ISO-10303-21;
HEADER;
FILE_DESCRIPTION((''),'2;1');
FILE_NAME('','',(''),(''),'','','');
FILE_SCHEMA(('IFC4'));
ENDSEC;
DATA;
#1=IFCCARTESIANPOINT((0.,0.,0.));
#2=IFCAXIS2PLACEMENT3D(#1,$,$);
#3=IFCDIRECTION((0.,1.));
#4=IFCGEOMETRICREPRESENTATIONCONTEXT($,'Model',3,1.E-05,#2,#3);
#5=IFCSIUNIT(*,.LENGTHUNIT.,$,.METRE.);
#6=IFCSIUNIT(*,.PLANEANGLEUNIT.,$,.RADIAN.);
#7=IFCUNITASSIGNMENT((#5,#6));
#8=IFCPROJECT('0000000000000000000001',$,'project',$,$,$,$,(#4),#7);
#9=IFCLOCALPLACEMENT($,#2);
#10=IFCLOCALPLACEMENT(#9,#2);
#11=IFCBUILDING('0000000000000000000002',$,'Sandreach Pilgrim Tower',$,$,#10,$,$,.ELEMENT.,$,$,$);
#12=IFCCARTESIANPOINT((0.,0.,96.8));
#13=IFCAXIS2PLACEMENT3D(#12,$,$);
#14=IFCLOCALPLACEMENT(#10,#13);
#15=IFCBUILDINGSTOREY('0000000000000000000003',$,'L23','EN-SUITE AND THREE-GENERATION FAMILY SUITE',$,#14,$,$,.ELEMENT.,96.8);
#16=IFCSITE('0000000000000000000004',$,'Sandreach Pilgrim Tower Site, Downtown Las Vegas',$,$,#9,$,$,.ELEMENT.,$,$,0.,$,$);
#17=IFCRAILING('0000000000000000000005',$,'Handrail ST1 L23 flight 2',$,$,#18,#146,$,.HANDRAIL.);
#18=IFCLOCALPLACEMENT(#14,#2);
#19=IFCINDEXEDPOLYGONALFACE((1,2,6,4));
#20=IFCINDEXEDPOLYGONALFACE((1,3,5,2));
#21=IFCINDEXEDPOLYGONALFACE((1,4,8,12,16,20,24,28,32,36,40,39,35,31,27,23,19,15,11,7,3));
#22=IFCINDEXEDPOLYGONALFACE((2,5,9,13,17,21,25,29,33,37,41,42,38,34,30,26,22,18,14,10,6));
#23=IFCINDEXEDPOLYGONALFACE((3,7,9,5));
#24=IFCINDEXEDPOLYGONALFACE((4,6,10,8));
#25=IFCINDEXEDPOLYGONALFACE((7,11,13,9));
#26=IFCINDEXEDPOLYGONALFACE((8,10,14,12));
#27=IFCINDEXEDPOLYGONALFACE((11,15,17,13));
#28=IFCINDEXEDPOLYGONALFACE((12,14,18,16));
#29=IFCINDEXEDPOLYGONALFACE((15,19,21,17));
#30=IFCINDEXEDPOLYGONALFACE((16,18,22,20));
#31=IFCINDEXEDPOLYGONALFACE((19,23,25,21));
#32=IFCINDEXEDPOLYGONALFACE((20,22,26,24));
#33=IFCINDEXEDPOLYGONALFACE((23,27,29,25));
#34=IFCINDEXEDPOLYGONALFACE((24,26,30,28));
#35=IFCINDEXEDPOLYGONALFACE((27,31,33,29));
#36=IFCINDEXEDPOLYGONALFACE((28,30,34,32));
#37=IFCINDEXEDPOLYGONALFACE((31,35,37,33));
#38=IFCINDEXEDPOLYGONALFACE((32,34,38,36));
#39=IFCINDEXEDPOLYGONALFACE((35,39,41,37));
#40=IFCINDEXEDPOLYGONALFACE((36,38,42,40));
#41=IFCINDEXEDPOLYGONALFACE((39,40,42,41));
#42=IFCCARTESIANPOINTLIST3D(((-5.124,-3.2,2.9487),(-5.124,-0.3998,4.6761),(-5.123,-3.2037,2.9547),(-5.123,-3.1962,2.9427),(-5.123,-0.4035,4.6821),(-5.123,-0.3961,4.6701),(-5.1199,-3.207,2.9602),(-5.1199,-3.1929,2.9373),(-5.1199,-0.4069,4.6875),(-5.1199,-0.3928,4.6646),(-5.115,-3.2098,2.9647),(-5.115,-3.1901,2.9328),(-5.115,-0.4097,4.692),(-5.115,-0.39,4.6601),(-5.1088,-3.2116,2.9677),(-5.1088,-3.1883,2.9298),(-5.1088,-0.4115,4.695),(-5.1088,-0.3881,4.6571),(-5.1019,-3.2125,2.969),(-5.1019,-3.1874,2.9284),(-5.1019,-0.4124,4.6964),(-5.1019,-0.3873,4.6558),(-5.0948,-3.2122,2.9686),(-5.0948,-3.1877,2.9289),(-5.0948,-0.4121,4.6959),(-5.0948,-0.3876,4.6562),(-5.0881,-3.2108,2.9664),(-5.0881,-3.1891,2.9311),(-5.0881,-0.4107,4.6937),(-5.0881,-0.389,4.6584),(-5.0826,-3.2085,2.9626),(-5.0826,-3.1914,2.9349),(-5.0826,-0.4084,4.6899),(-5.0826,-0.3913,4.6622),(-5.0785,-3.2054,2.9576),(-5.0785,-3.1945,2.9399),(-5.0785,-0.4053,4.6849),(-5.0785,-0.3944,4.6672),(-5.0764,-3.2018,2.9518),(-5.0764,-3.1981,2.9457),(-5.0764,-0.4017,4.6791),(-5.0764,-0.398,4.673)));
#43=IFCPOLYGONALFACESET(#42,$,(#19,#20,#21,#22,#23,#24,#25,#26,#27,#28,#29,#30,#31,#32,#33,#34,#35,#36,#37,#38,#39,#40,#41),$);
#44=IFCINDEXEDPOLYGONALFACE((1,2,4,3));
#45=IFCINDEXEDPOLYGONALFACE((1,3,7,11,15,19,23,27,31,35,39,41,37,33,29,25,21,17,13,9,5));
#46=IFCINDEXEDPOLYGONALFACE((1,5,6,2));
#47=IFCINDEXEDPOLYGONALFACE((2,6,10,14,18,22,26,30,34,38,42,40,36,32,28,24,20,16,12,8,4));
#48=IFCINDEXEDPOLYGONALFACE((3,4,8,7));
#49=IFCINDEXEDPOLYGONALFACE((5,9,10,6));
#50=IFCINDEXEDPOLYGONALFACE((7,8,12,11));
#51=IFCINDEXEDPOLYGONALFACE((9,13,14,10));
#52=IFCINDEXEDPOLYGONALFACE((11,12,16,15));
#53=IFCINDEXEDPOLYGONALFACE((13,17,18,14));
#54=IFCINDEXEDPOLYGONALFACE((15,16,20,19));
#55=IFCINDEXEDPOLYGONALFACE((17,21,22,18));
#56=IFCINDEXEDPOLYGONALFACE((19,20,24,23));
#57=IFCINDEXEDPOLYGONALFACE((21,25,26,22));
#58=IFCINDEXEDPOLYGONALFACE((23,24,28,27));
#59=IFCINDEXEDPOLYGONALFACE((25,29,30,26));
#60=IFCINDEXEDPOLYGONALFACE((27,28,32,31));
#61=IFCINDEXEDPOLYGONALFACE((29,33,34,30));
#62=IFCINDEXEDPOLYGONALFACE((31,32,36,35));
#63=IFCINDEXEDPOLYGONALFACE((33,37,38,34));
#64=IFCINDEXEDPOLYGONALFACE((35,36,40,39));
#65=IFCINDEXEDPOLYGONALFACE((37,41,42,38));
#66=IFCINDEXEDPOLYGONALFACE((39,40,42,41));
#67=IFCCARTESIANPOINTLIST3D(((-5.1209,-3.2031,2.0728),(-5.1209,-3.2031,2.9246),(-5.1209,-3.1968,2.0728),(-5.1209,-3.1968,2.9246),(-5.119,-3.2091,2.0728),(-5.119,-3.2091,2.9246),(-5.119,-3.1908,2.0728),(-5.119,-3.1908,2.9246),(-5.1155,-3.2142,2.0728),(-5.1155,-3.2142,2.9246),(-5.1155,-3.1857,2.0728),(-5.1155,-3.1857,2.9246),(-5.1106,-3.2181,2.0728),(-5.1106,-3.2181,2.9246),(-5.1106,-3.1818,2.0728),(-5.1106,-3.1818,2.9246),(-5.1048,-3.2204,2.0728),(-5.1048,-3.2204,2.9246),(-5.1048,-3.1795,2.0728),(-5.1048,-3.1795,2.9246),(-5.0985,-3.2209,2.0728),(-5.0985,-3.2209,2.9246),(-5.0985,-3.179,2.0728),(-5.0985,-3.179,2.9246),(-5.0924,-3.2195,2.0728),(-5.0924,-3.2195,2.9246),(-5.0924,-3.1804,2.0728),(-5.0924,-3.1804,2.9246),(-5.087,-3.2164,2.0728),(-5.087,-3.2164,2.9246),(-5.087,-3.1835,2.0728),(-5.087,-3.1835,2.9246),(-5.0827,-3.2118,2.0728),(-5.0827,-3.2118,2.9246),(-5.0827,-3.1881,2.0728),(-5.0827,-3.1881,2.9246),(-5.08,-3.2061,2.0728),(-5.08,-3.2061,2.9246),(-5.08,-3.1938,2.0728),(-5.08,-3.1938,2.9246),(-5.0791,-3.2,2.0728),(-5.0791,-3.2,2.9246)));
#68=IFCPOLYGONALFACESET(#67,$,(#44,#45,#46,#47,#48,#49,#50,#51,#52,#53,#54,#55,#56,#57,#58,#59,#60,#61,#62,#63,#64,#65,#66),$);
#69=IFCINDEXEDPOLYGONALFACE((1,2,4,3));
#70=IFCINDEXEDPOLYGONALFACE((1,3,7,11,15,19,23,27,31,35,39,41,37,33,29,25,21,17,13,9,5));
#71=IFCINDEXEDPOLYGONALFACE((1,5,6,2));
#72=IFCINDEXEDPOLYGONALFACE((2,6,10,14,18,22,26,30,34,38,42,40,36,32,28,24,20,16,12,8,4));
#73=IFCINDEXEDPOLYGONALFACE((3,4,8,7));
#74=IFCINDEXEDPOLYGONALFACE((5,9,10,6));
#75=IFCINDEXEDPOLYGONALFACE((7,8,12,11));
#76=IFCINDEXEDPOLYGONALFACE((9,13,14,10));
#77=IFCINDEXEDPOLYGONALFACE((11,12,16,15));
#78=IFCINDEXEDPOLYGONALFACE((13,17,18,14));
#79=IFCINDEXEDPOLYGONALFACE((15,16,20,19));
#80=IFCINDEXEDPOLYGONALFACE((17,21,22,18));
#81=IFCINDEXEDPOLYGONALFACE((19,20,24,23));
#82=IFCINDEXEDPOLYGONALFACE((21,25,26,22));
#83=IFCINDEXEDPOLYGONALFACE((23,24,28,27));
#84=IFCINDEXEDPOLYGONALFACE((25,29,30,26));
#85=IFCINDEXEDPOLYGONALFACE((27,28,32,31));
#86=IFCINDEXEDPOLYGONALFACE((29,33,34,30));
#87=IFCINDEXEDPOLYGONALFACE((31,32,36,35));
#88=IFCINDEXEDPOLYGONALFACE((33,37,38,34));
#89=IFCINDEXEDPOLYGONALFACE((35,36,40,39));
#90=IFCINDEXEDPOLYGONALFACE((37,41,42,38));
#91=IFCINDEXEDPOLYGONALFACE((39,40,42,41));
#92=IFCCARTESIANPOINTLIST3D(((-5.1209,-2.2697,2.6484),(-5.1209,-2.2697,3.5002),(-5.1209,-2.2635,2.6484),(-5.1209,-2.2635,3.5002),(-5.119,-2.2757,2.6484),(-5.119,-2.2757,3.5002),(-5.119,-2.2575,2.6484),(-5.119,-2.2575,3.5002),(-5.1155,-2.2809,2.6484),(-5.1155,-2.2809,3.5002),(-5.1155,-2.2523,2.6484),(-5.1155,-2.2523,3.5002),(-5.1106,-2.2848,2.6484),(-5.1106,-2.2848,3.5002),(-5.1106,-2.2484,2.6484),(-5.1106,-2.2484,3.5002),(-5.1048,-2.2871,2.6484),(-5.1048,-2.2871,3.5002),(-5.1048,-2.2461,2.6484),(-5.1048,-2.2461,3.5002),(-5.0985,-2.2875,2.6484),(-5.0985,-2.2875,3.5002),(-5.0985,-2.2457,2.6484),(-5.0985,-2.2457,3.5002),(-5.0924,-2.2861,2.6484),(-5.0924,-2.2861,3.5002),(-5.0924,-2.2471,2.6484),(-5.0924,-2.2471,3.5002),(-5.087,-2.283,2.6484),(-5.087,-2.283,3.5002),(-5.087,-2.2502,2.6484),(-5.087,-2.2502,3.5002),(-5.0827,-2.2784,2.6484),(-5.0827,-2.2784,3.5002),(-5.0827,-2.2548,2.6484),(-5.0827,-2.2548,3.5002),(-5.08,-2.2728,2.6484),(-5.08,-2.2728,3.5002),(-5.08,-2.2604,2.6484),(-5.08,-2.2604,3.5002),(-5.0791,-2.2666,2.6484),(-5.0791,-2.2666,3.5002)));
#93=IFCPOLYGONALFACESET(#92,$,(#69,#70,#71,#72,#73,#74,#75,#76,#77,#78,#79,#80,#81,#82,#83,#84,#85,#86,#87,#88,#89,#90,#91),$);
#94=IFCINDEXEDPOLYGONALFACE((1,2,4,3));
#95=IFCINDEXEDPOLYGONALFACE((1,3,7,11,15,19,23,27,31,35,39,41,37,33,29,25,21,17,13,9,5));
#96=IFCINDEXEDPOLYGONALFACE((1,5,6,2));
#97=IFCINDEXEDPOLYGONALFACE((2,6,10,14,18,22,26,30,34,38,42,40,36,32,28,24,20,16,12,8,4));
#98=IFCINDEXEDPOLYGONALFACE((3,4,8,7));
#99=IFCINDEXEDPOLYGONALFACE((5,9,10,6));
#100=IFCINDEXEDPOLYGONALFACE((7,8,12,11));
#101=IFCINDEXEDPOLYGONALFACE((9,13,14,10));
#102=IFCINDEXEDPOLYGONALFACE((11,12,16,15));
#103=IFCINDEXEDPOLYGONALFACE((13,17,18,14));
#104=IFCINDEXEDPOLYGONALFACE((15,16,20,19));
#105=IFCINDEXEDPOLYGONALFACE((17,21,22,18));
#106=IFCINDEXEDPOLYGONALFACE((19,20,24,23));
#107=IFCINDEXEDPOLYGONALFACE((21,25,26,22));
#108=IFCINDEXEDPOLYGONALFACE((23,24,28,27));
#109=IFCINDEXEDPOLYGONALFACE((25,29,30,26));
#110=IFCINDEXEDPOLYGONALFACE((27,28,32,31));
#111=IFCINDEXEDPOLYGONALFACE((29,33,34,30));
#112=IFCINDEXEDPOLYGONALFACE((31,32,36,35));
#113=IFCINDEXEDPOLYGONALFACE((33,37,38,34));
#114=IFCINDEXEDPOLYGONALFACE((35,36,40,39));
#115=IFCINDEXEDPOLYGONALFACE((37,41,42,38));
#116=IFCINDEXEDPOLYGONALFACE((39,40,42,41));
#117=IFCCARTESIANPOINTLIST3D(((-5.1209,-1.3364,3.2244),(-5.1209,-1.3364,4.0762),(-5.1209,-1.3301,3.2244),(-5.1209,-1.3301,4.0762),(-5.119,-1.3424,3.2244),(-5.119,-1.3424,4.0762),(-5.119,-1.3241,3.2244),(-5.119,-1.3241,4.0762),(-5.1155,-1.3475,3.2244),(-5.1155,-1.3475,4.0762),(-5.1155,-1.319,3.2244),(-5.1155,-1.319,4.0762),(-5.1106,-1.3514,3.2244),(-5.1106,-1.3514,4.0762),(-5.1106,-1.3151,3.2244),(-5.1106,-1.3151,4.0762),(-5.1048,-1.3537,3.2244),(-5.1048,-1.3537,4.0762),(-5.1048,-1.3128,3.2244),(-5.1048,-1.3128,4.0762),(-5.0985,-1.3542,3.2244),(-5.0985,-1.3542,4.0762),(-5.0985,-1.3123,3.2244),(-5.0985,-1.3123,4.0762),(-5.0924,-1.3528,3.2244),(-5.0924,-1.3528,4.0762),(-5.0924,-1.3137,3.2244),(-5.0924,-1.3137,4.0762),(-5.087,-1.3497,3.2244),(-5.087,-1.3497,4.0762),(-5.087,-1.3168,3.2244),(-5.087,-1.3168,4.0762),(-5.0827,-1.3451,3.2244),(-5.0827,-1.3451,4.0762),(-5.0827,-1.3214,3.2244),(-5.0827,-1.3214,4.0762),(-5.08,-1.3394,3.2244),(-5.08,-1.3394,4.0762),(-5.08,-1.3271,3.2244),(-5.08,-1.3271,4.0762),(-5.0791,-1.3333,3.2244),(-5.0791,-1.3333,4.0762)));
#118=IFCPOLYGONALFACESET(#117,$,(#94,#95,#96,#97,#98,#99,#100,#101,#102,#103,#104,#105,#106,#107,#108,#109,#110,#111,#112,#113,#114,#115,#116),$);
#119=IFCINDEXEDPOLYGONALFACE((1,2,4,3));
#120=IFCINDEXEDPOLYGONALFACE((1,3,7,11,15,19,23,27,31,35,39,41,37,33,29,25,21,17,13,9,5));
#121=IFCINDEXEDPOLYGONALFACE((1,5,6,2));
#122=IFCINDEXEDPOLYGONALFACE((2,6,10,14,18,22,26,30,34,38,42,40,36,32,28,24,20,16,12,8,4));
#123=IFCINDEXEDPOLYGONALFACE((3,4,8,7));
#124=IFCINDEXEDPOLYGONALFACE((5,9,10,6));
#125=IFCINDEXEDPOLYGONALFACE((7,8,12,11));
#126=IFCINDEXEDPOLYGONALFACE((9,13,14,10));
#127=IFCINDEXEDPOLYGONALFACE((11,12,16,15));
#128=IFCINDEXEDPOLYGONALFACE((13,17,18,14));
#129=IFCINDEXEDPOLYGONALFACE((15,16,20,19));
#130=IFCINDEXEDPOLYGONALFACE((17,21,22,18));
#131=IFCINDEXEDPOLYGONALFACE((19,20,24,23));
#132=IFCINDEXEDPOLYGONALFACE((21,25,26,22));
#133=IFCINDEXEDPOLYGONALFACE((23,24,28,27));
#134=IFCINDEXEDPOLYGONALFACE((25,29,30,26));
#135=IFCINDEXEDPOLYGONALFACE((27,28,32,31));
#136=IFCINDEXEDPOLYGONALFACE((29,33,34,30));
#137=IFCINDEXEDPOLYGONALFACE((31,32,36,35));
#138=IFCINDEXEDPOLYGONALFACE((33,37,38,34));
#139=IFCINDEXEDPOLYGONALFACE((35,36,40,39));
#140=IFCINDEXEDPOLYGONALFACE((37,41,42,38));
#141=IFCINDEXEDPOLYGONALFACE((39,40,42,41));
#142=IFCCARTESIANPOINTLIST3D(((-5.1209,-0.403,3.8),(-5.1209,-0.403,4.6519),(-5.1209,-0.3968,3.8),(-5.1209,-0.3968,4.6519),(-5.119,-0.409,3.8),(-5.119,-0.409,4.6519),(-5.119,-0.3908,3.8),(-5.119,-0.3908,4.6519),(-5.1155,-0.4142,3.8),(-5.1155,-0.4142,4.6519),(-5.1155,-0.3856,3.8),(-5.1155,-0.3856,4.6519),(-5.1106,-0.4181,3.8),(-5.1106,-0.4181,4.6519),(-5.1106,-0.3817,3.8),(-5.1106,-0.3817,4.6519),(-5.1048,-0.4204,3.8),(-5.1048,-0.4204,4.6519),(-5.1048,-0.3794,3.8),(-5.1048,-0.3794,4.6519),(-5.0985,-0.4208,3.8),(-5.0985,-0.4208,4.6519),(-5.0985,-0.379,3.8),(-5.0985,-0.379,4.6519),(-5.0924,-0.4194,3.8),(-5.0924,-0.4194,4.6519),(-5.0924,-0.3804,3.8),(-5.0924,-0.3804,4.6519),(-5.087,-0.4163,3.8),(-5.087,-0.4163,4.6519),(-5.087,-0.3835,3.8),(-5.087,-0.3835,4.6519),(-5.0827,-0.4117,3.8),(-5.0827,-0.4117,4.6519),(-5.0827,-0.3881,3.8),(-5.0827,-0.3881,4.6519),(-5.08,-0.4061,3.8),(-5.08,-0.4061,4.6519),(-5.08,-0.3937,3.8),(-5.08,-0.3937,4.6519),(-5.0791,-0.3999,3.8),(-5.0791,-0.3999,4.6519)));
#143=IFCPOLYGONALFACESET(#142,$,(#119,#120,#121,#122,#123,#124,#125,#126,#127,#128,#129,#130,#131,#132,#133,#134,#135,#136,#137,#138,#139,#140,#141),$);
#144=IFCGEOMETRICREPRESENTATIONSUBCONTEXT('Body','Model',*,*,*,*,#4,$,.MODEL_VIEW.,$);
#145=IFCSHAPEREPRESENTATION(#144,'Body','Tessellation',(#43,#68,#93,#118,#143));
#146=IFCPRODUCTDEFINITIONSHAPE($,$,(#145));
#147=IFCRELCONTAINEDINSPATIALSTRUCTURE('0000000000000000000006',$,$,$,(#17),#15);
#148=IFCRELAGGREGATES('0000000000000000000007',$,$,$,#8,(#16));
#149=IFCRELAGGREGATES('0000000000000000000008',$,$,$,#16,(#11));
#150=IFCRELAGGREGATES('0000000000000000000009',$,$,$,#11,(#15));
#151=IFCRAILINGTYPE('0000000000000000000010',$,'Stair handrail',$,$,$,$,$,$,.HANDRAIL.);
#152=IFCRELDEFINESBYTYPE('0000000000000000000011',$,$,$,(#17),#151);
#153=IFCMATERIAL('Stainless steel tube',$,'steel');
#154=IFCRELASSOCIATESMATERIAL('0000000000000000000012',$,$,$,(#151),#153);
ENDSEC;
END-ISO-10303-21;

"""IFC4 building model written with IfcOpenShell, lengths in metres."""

from ifc_helpers import new_model, si_unit, direction, frame, origin, origin_2d, place, context, subcontext, project, spatial, circle, extrude, material, type_object, element, save


model = new_model("IFC4")

# Units and contexts
model_context = context("Model", 3, precision=1e-05, world=origin(), true_north=direction((0.0, 1.0)))
body_context = subcontext(model_context, "Body", "Model", "MODEL_VIEW")
ifc_project = project(units=[si_unit("LENGTHUNIT", "METRE"), si_unit("PLANEANGLEUNIT", "RADIAN")], contexts=[model_context])

# Site, building, storey
site_placement = place(None, origin())
site = spatial("IfcSite", under=ifc_project, at=site_placement, Name="Sandreach Pilgrim Tower Site, Downtown Las Vegas", CompositionType="ELEMENT", RefElevation=0.0)
building_placement = place(site_placement, origin())
building = spatial("IfcBuilding", under=site, at=building_placement, Name="Sandreach Pilgrim Tower", CompositionType="ELEMENT")
storey_placement = place(building_placement, frame((0.0, 0.0, 96.8)))
storey = spatial("IfcBuildingStorey", under=building, at=storey_placement, Name="L23", Description="EN-SUITE AND THREE-GENERATION FAMILY SUITE", CompositionType="ELEMENT", Elevation=96.8)

# Railing
ifc_material_1 = material(Name="Stainless steel tube", Category="steel")
railing_type = type_object("IfcRailingType", Name="Stair handrail", PredefinedType="HANDRAIL", material=ifc_material_1)
for number, where, name in (
    (1, (-5.1001, -3.2, 2.0728), "Handrail ST1 L23 flight 2"),
):
    element("IfcRailing", number, at=place(storey_placement, frame(where)), inside=storey, type_object=railing_type, Name=name, PredefinedType="HANDRAIL", context=body_context, shape_type="SweptSolid", body=[
        extrude(circle(Radius=0.0239, at=origin_2d()), frame((0.0, 0.0, 0.876), z_axis=(0.0, 0.85109, 0.52502), x_axis=(-1.0, 0.0, 0.0)), (0.0, 0.0, 1.0), 3.29),
        extrude(circle(Radius=0.021, at=origin_2d()), origin(), (0.0, 0.0, 1.0), 0.8518),
        extrude(circle(Radius=0.021, at=origin_2d()), frame((0.0, 0.9333, 0.5757)), (0.0, 0.0, 1.0), 0.8518),
        extrude(circle(Radius=0.021, at=origin_2d()), frame((0.0, 1.8667, 1.1516)), (0.0, 0.0, 1.0), 0.8518),
        extrude(circle(Radius=0.021, at=origin_2d()), frame((0.0, 2.8, 1.7273)), (0.0, 0.0, 1.0), 0.8518),
    ])

save(model, "model.ifc")
